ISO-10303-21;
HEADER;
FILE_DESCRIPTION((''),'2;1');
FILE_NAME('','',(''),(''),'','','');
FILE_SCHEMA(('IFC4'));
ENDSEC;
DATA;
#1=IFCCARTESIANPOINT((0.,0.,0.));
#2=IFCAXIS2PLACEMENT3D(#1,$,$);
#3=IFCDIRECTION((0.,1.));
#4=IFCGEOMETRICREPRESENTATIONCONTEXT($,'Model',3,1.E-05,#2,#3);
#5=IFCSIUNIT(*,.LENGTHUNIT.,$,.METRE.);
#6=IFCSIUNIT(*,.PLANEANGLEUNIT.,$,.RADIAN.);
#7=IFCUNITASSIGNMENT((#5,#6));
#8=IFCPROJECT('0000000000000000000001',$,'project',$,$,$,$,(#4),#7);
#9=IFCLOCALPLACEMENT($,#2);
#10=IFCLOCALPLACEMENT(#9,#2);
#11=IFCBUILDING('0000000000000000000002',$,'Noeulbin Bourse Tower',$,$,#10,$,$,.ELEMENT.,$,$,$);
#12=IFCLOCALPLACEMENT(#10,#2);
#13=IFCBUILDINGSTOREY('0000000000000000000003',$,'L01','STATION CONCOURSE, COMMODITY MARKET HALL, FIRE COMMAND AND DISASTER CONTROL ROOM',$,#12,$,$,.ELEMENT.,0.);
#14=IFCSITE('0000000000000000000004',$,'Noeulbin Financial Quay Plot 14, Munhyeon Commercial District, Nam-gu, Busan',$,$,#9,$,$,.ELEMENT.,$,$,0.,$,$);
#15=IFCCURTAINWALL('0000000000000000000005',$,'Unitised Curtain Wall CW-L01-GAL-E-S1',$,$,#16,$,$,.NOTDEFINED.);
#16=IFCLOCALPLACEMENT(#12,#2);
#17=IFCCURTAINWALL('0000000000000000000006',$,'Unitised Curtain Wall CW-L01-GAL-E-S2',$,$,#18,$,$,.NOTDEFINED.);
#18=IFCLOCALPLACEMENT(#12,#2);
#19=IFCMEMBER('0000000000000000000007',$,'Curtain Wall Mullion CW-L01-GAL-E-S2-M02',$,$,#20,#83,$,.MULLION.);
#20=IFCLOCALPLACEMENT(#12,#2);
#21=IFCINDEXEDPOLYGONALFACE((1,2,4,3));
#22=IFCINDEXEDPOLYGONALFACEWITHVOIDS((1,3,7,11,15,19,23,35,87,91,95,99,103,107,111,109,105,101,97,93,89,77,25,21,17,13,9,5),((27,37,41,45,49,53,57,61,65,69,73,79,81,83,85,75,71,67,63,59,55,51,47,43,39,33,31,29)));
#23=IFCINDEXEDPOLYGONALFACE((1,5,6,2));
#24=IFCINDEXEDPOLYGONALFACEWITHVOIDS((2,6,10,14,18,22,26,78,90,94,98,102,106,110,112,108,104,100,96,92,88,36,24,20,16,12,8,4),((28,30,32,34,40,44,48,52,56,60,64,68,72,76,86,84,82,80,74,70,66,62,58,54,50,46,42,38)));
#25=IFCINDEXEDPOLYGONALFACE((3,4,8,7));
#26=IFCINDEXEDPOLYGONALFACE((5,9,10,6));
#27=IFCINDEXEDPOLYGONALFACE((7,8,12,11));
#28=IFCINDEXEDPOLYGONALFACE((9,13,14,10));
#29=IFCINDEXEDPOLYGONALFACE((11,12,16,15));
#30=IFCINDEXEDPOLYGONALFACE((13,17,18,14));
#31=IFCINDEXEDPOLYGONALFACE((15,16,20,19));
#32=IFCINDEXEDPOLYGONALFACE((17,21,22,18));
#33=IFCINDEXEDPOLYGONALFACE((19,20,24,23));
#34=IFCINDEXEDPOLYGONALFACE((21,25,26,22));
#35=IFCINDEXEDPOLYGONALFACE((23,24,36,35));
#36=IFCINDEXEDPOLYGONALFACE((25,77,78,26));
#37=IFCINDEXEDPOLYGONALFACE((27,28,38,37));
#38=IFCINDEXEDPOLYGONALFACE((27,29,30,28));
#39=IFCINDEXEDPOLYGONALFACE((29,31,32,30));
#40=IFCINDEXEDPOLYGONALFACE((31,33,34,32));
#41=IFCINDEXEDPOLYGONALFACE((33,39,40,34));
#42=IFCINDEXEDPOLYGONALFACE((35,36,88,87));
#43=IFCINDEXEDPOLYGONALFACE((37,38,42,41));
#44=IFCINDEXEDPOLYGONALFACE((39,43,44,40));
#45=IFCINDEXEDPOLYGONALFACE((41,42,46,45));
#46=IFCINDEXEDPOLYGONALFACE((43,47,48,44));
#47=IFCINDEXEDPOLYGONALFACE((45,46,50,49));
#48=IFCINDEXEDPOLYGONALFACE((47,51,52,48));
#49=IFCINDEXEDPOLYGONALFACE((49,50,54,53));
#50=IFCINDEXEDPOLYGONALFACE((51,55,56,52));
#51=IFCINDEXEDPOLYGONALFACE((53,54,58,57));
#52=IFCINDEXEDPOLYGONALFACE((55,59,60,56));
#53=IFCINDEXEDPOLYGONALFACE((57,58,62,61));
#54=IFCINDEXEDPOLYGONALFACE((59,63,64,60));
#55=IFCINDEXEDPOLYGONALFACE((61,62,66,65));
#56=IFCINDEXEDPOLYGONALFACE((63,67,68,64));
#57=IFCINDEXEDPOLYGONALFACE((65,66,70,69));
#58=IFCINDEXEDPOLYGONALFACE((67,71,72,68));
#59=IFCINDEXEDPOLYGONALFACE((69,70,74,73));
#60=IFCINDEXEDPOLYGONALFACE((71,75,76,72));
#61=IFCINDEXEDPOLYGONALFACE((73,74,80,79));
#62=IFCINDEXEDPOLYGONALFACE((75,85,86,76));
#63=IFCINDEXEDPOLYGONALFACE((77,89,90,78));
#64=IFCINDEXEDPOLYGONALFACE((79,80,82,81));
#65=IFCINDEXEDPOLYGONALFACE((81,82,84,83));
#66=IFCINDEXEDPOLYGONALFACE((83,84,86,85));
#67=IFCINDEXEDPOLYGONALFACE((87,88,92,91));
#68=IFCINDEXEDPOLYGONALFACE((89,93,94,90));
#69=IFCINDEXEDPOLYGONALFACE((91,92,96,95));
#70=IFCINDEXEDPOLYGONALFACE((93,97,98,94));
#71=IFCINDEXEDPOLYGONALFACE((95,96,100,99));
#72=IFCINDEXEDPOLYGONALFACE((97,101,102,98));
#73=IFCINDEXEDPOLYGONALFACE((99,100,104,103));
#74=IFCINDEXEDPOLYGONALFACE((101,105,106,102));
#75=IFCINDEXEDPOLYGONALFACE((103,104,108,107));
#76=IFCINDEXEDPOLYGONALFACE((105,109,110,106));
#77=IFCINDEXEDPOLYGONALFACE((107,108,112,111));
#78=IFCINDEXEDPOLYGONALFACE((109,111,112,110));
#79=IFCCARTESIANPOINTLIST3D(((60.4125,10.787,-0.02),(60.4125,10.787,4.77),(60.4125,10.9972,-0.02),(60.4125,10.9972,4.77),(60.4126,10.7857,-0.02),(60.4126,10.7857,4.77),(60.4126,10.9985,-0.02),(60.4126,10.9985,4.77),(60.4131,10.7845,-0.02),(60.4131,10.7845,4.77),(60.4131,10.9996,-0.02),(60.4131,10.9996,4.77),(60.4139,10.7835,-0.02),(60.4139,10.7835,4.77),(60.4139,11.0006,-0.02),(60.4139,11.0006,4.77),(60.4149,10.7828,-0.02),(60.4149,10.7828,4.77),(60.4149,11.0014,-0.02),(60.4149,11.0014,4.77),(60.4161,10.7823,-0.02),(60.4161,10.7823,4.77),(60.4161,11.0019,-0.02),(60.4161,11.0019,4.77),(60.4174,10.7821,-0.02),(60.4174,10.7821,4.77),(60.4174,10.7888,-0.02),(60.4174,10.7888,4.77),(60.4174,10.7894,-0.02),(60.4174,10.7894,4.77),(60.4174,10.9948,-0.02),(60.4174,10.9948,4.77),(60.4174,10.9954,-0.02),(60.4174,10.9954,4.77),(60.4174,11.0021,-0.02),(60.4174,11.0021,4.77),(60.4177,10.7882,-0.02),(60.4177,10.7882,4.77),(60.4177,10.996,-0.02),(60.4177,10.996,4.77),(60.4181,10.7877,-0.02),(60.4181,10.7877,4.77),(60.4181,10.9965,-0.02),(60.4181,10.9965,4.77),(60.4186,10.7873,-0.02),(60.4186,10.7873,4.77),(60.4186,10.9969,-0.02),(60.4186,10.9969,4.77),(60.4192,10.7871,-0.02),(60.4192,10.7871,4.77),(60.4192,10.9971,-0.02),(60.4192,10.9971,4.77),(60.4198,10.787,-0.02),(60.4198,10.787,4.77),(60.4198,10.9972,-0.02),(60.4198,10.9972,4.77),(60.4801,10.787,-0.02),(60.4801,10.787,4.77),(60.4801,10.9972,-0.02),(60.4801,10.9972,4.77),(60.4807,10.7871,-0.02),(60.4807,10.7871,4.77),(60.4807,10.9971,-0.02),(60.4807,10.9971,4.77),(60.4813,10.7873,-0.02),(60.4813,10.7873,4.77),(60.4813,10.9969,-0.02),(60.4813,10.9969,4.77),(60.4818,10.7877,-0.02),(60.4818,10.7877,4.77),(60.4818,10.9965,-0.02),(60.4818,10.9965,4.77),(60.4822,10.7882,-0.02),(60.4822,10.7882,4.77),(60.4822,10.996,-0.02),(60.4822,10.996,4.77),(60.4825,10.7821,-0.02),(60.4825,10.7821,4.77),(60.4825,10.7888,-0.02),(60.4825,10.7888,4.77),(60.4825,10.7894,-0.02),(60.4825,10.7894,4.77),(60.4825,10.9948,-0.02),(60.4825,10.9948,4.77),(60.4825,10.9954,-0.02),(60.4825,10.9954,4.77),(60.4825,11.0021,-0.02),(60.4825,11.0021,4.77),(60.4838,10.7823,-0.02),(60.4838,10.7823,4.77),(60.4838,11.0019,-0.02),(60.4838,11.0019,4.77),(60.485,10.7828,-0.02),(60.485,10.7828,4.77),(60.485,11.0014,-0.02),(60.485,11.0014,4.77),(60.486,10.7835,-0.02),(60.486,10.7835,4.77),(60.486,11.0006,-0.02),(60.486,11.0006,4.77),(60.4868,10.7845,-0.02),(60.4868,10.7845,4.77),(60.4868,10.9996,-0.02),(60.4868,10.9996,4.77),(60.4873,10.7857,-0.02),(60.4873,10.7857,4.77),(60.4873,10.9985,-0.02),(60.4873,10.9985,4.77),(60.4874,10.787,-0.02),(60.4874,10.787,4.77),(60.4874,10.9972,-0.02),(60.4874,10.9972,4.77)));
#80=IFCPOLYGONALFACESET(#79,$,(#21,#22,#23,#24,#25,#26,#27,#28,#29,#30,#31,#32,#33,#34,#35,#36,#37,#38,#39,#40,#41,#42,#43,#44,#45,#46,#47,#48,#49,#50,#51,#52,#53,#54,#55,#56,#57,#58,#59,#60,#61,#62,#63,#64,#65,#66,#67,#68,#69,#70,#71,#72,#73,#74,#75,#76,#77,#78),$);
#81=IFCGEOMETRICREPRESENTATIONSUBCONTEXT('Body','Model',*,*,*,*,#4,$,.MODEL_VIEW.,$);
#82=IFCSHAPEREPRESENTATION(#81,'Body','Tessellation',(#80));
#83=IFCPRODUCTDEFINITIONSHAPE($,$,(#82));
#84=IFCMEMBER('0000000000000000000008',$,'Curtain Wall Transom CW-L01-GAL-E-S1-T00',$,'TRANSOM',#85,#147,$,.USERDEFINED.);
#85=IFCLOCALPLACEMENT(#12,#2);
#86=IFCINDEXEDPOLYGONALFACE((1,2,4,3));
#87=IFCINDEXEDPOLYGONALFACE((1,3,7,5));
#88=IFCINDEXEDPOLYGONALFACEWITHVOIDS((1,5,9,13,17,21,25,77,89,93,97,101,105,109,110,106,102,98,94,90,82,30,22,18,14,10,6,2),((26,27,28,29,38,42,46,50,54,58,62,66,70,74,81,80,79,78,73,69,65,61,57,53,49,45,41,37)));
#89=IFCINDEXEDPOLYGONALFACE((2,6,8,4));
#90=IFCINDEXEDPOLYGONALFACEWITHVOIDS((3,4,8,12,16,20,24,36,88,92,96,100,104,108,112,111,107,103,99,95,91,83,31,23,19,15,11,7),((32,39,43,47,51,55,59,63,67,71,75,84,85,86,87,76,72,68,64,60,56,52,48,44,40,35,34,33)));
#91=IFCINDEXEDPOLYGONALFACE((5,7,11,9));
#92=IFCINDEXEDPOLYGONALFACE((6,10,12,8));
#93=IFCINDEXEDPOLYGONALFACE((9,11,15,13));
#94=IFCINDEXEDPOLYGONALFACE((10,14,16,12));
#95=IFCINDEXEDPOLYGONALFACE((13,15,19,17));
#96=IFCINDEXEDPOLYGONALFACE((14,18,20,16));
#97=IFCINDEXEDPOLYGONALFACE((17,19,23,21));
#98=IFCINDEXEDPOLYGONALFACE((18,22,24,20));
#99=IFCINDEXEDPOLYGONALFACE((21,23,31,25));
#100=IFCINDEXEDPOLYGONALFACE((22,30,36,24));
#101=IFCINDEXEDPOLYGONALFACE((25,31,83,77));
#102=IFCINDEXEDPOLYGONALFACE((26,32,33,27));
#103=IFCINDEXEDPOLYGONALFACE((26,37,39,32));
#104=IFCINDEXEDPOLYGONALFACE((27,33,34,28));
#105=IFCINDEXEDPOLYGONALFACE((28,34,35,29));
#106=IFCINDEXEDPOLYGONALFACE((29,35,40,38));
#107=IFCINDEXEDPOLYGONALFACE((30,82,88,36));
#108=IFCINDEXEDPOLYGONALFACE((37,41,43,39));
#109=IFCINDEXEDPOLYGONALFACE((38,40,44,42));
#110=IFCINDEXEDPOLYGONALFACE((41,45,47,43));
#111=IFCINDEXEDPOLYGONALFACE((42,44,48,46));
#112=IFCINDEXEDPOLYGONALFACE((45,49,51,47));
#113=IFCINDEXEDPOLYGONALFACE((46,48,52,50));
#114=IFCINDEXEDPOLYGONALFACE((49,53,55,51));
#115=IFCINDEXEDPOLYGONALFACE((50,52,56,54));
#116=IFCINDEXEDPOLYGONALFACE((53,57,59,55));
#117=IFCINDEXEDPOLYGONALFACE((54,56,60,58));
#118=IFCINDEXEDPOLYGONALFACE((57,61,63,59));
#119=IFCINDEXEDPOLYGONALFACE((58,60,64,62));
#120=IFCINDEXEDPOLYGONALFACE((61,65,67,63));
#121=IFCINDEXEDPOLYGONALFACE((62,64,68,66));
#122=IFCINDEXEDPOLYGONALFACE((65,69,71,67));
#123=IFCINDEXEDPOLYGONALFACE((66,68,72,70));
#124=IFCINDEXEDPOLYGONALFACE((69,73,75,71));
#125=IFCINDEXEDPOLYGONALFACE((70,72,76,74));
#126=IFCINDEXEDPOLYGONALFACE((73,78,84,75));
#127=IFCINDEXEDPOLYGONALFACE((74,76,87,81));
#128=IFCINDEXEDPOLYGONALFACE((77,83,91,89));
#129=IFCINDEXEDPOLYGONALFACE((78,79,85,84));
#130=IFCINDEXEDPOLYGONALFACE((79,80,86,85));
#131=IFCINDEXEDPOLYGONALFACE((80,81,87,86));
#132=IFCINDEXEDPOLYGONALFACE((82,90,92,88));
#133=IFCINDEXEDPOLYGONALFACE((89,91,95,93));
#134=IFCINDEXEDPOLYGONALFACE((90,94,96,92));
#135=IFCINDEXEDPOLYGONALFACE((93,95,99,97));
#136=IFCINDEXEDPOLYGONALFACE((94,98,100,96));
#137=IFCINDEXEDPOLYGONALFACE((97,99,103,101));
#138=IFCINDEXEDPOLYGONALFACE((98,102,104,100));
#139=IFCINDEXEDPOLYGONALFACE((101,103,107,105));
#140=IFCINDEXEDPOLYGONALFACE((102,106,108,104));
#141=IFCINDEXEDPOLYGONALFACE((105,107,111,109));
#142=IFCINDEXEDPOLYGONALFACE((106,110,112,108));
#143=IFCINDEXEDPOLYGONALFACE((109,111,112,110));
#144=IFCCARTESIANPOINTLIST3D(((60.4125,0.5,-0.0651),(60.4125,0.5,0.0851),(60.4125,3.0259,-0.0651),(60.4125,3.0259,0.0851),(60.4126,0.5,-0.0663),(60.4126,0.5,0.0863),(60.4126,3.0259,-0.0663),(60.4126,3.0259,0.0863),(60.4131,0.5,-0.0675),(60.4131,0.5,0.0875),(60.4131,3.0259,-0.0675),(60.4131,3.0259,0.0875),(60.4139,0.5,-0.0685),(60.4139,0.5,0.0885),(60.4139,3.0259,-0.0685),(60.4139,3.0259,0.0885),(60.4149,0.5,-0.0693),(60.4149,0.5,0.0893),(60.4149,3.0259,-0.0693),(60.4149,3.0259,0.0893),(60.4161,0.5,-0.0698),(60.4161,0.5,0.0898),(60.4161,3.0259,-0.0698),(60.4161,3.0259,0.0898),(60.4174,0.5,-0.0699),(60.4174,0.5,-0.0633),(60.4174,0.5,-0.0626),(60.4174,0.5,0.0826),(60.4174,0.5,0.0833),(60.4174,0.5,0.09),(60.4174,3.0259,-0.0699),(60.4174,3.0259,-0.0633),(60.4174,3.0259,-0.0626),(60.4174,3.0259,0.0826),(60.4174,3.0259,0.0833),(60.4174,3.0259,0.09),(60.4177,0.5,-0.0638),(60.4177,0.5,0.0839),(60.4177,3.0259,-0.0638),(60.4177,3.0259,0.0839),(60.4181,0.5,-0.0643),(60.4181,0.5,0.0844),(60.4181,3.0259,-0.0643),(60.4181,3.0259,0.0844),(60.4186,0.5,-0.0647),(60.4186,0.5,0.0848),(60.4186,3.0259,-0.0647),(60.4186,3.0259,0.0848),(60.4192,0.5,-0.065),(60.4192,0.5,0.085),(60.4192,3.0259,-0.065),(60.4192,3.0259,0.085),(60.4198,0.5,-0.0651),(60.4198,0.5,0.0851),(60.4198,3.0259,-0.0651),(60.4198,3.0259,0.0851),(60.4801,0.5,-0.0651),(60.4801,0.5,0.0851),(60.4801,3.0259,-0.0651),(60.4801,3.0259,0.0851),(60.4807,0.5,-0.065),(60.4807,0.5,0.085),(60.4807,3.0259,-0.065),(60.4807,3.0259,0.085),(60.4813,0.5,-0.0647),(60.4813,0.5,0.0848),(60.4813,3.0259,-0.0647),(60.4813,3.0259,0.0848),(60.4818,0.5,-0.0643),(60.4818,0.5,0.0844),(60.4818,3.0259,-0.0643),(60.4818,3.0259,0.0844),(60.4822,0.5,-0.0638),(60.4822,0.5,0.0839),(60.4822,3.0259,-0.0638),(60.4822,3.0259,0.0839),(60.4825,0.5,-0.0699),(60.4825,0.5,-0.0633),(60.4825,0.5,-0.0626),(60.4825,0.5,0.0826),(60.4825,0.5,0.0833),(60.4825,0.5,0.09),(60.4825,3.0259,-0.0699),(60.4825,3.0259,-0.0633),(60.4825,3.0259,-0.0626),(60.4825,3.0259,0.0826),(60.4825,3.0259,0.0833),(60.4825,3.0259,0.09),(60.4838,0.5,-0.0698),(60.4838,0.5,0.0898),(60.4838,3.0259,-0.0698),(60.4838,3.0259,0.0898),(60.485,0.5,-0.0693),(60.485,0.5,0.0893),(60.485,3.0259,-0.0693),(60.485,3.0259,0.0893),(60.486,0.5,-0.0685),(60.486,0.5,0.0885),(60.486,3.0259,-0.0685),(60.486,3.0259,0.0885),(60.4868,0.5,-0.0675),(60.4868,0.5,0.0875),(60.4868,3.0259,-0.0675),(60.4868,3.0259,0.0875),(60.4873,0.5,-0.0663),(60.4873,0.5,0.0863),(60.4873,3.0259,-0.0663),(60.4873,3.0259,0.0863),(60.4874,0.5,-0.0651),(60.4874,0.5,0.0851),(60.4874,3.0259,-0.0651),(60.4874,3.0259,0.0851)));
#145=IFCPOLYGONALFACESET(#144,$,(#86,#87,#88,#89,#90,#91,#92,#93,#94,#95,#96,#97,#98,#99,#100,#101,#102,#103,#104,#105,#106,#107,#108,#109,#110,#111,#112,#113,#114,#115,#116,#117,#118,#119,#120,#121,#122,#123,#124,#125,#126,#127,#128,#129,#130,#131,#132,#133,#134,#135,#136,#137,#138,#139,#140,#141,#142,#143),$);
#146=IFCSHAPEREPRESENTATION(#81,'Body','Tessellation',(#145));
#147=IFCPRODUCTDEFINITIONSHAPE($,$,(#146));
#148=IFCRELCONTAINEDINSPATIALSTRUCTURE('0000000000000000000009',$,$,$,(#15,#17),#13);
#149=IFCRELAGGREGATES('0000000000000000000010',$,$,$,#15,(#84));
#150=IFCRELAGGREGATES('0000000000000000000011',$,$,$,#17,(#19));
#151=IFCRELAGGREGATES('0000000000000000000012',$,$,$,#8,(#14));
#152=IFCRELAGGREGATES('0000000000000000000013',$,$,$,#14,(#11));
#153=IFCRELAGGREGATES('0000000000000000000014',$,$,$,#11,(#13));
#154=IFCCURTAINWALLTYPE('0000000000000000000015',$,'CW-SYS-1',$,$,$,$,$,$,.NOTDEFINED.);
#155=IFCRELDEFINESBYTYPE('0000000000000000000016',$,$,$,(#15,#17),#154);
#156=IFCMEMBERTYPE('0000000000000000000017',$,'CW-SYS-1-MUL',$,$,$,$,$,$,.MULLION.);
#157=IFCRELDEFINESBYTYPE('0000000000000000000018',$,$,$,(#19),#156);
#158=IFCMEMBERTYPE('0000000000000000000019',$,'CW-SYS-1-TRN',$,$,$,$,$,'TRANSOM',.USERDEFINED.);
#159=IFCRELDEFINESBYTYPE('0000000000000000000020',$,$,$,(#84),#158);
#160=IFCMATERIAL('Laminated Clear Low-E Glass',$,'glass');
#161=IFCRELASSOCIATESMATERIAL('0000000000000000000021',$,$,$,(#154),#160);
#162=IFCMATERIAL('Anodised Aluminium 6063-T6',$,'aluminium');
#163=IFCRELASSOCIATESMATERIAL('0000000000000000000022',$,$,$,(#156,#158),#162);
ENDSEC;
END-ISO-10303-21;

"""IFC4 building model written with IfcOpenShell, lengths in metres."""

from ifc_helpers import new_model, si_unit, direction, frame, origin, origin_2d, place, context, subcontext, project, spatial, hollow_rectangle, extrude, material, material_profile, profile_set, type_object, element, aggregate, save


model = new_model("IFC4")

# Units and contexts
model_context = context("Model", 3, precision=1e-05, world=origin(), true_north=direction((0.0, 1.0)))
body_context = subcontext(model_context, "Body", "Model", "MODEL_VIEW")
ifc_project = project(units=[si_unit("LENGTHUNIT", "METRE"), si_unit("PLANEANGLEUNIT", "RADIAN")], contexts=[model_context])

# Site, building, storey
site_placement = place(None, origin())
site = spatial("IfcSite", under=ifc_project, at=site_placement, Name="Noeulbin Financial Quay Plot 14, Munhyeon Commercial District, Nam-gu, Busan", CompositionType="ELEMENT", RefElevation=0.0)
building_placement = place(site_placement, origin())
building = spatial("IfcBuilding", under=site, at=building_placement, Name="Noeulbin Bourse Tower", CompositionType="ELEMENT")
storey_placement = place(building_placement, origin())
storey = spatial("IfcBuildingStorey", under=building, at=storey_placement, Name="L01", Description="STATION CONCOURSE, COMMODITY MARKET HALL, FIRE COMMAND AND DISASTER CONTROL ROOM", CompositionType="ELEMENT", Elevation=0.0)

# Curtain walls, member
ifc_material_1 = material(Name="Laminated Clear Low-E Glass", Category="glass")
curtain_wall_type = type_object("IfcCurtainWallType", Name="CW-SYS-1", PredefinedType="NOTDEFINED", material=ifc_material_1)
curtain_wall_1_placement = place(storey_placement, origin())
curtain_wall_1 = element("IfcCurtainWall", 1, at=curtain_wall_1_placement, inside=storey, type_object=curtain_wall_type, Name="Unitised Curtain Wall CW-L01-GAL-E-S1", PredefinedType="NOTDEFINED")
ifc_material_2 = material(Name="Anodised Aluminium 6063-T6", Category="aluminium")
ifc_material_profile_1 = material_profile(ifc_material_2, hollow_rectangle(XDim=0.075, YDim=0.22, WallThickness=0.0049, InnerFilletRadius=0.0024, OuterFilletRadius=0.0049, at=origin_2d()), Name="ALU-MULL-75x220x5", Category="LoadBearing")
ifc_profile_set_1 = profile_set([ifc_material_profile_1], Name="Anodised Aluminium 6063-T6")
member_type_1 = type_object("IfcMemberType", Name="CW-SYS-1-MUL", PredefinedType="MULLION", material=ifc_profile_set_1)
curtain_wall_2_placement = place(storey_placement, origin())
curtain_wall_2 = element("IfcCurtainWall", 2, at=curtain_wall_2_placement, inside=storey, type_object=curtain_wall_type, Name="Unitised Curtain Wall CW-L01-GAL-E-S2", PredefinedType="NOTDEFINED")
member_1_placement = place(storey_placement, frame((60.45, 10.8921, -0.02), z_axis=(0.0, 0.0, 1.0), x_axis=(1.0, 0.0, 0.0)))
member_1 = element("IfcMember", 3, at=member_1_placement, type_object=member_type_1, Name="Curtain Wall Mullion CW-L01-GAL-E-S2-M02", PredefinedType="MULLION", context=body_context, shape_type="SweptSolid", body=[
    extrude(hollow_rectangle(XDim=0.075, YDim=0.22, WallThickness=0.0049, InnerFilletRadius=0.0024, OuterFilletRadius=0.0049, at=origin_2d()), origin(), (0.0, 0.0, 1.0), 4.79),
])

# Member
ifc_material_profile_2 = material_profile(ifc_material_2, hollow_rectangle(XDim=0.075, YDim=0.1599, WallThickness=0.0049, InnerFilletRadius=0.0024, OuterFilletRadius=0.0049, at=origin_2d()), Name="ALU-TRAN-75x160x5", Category="LoadBearing")
ifc_profile_set_2 = profile_set([ifc_material_profile_2], Name="Anodised Aluminium 6063-T6")
member_type_2 = type_object("IfcMemberType", Name="CW-SYS-1-TRN", ElementType="TRANSOM", PredefinedType="USERDEFINED", material=ifc_profile_set_2)
member_2_placement = place(storey_placement, frame((60.45, 0.5, 0.01), z_axis=(0.0, 1.0, 0.0), x_axis=(-1.0, 0.0, 0.0)))
member_2 = element("IfcMember", 4, at=member_2_placement, type_object=member_type_2, Name="Curtain Wall Transom CW-L01-GAL-E-S1-T00", ObjectType="TRANSOM", PredefinedType="USERDEFINED", context=body_context, shape_type="SweptSolid", body=[
    extrude(hollow_rectangle(XDim=0.075, YDim=0.1599, WallThickness=0.0049, InnerFilletRadius=0.0024, OuterFilletRadius=0.0049, at=origin_2d()), origin(), (0.0, 0.0, 1.0), 2.5259),
])

aggregate(curtain_wall_1, [member_2])
aggregate(curtain_wall_2, [member_1])

save(model, "model.ifc")
